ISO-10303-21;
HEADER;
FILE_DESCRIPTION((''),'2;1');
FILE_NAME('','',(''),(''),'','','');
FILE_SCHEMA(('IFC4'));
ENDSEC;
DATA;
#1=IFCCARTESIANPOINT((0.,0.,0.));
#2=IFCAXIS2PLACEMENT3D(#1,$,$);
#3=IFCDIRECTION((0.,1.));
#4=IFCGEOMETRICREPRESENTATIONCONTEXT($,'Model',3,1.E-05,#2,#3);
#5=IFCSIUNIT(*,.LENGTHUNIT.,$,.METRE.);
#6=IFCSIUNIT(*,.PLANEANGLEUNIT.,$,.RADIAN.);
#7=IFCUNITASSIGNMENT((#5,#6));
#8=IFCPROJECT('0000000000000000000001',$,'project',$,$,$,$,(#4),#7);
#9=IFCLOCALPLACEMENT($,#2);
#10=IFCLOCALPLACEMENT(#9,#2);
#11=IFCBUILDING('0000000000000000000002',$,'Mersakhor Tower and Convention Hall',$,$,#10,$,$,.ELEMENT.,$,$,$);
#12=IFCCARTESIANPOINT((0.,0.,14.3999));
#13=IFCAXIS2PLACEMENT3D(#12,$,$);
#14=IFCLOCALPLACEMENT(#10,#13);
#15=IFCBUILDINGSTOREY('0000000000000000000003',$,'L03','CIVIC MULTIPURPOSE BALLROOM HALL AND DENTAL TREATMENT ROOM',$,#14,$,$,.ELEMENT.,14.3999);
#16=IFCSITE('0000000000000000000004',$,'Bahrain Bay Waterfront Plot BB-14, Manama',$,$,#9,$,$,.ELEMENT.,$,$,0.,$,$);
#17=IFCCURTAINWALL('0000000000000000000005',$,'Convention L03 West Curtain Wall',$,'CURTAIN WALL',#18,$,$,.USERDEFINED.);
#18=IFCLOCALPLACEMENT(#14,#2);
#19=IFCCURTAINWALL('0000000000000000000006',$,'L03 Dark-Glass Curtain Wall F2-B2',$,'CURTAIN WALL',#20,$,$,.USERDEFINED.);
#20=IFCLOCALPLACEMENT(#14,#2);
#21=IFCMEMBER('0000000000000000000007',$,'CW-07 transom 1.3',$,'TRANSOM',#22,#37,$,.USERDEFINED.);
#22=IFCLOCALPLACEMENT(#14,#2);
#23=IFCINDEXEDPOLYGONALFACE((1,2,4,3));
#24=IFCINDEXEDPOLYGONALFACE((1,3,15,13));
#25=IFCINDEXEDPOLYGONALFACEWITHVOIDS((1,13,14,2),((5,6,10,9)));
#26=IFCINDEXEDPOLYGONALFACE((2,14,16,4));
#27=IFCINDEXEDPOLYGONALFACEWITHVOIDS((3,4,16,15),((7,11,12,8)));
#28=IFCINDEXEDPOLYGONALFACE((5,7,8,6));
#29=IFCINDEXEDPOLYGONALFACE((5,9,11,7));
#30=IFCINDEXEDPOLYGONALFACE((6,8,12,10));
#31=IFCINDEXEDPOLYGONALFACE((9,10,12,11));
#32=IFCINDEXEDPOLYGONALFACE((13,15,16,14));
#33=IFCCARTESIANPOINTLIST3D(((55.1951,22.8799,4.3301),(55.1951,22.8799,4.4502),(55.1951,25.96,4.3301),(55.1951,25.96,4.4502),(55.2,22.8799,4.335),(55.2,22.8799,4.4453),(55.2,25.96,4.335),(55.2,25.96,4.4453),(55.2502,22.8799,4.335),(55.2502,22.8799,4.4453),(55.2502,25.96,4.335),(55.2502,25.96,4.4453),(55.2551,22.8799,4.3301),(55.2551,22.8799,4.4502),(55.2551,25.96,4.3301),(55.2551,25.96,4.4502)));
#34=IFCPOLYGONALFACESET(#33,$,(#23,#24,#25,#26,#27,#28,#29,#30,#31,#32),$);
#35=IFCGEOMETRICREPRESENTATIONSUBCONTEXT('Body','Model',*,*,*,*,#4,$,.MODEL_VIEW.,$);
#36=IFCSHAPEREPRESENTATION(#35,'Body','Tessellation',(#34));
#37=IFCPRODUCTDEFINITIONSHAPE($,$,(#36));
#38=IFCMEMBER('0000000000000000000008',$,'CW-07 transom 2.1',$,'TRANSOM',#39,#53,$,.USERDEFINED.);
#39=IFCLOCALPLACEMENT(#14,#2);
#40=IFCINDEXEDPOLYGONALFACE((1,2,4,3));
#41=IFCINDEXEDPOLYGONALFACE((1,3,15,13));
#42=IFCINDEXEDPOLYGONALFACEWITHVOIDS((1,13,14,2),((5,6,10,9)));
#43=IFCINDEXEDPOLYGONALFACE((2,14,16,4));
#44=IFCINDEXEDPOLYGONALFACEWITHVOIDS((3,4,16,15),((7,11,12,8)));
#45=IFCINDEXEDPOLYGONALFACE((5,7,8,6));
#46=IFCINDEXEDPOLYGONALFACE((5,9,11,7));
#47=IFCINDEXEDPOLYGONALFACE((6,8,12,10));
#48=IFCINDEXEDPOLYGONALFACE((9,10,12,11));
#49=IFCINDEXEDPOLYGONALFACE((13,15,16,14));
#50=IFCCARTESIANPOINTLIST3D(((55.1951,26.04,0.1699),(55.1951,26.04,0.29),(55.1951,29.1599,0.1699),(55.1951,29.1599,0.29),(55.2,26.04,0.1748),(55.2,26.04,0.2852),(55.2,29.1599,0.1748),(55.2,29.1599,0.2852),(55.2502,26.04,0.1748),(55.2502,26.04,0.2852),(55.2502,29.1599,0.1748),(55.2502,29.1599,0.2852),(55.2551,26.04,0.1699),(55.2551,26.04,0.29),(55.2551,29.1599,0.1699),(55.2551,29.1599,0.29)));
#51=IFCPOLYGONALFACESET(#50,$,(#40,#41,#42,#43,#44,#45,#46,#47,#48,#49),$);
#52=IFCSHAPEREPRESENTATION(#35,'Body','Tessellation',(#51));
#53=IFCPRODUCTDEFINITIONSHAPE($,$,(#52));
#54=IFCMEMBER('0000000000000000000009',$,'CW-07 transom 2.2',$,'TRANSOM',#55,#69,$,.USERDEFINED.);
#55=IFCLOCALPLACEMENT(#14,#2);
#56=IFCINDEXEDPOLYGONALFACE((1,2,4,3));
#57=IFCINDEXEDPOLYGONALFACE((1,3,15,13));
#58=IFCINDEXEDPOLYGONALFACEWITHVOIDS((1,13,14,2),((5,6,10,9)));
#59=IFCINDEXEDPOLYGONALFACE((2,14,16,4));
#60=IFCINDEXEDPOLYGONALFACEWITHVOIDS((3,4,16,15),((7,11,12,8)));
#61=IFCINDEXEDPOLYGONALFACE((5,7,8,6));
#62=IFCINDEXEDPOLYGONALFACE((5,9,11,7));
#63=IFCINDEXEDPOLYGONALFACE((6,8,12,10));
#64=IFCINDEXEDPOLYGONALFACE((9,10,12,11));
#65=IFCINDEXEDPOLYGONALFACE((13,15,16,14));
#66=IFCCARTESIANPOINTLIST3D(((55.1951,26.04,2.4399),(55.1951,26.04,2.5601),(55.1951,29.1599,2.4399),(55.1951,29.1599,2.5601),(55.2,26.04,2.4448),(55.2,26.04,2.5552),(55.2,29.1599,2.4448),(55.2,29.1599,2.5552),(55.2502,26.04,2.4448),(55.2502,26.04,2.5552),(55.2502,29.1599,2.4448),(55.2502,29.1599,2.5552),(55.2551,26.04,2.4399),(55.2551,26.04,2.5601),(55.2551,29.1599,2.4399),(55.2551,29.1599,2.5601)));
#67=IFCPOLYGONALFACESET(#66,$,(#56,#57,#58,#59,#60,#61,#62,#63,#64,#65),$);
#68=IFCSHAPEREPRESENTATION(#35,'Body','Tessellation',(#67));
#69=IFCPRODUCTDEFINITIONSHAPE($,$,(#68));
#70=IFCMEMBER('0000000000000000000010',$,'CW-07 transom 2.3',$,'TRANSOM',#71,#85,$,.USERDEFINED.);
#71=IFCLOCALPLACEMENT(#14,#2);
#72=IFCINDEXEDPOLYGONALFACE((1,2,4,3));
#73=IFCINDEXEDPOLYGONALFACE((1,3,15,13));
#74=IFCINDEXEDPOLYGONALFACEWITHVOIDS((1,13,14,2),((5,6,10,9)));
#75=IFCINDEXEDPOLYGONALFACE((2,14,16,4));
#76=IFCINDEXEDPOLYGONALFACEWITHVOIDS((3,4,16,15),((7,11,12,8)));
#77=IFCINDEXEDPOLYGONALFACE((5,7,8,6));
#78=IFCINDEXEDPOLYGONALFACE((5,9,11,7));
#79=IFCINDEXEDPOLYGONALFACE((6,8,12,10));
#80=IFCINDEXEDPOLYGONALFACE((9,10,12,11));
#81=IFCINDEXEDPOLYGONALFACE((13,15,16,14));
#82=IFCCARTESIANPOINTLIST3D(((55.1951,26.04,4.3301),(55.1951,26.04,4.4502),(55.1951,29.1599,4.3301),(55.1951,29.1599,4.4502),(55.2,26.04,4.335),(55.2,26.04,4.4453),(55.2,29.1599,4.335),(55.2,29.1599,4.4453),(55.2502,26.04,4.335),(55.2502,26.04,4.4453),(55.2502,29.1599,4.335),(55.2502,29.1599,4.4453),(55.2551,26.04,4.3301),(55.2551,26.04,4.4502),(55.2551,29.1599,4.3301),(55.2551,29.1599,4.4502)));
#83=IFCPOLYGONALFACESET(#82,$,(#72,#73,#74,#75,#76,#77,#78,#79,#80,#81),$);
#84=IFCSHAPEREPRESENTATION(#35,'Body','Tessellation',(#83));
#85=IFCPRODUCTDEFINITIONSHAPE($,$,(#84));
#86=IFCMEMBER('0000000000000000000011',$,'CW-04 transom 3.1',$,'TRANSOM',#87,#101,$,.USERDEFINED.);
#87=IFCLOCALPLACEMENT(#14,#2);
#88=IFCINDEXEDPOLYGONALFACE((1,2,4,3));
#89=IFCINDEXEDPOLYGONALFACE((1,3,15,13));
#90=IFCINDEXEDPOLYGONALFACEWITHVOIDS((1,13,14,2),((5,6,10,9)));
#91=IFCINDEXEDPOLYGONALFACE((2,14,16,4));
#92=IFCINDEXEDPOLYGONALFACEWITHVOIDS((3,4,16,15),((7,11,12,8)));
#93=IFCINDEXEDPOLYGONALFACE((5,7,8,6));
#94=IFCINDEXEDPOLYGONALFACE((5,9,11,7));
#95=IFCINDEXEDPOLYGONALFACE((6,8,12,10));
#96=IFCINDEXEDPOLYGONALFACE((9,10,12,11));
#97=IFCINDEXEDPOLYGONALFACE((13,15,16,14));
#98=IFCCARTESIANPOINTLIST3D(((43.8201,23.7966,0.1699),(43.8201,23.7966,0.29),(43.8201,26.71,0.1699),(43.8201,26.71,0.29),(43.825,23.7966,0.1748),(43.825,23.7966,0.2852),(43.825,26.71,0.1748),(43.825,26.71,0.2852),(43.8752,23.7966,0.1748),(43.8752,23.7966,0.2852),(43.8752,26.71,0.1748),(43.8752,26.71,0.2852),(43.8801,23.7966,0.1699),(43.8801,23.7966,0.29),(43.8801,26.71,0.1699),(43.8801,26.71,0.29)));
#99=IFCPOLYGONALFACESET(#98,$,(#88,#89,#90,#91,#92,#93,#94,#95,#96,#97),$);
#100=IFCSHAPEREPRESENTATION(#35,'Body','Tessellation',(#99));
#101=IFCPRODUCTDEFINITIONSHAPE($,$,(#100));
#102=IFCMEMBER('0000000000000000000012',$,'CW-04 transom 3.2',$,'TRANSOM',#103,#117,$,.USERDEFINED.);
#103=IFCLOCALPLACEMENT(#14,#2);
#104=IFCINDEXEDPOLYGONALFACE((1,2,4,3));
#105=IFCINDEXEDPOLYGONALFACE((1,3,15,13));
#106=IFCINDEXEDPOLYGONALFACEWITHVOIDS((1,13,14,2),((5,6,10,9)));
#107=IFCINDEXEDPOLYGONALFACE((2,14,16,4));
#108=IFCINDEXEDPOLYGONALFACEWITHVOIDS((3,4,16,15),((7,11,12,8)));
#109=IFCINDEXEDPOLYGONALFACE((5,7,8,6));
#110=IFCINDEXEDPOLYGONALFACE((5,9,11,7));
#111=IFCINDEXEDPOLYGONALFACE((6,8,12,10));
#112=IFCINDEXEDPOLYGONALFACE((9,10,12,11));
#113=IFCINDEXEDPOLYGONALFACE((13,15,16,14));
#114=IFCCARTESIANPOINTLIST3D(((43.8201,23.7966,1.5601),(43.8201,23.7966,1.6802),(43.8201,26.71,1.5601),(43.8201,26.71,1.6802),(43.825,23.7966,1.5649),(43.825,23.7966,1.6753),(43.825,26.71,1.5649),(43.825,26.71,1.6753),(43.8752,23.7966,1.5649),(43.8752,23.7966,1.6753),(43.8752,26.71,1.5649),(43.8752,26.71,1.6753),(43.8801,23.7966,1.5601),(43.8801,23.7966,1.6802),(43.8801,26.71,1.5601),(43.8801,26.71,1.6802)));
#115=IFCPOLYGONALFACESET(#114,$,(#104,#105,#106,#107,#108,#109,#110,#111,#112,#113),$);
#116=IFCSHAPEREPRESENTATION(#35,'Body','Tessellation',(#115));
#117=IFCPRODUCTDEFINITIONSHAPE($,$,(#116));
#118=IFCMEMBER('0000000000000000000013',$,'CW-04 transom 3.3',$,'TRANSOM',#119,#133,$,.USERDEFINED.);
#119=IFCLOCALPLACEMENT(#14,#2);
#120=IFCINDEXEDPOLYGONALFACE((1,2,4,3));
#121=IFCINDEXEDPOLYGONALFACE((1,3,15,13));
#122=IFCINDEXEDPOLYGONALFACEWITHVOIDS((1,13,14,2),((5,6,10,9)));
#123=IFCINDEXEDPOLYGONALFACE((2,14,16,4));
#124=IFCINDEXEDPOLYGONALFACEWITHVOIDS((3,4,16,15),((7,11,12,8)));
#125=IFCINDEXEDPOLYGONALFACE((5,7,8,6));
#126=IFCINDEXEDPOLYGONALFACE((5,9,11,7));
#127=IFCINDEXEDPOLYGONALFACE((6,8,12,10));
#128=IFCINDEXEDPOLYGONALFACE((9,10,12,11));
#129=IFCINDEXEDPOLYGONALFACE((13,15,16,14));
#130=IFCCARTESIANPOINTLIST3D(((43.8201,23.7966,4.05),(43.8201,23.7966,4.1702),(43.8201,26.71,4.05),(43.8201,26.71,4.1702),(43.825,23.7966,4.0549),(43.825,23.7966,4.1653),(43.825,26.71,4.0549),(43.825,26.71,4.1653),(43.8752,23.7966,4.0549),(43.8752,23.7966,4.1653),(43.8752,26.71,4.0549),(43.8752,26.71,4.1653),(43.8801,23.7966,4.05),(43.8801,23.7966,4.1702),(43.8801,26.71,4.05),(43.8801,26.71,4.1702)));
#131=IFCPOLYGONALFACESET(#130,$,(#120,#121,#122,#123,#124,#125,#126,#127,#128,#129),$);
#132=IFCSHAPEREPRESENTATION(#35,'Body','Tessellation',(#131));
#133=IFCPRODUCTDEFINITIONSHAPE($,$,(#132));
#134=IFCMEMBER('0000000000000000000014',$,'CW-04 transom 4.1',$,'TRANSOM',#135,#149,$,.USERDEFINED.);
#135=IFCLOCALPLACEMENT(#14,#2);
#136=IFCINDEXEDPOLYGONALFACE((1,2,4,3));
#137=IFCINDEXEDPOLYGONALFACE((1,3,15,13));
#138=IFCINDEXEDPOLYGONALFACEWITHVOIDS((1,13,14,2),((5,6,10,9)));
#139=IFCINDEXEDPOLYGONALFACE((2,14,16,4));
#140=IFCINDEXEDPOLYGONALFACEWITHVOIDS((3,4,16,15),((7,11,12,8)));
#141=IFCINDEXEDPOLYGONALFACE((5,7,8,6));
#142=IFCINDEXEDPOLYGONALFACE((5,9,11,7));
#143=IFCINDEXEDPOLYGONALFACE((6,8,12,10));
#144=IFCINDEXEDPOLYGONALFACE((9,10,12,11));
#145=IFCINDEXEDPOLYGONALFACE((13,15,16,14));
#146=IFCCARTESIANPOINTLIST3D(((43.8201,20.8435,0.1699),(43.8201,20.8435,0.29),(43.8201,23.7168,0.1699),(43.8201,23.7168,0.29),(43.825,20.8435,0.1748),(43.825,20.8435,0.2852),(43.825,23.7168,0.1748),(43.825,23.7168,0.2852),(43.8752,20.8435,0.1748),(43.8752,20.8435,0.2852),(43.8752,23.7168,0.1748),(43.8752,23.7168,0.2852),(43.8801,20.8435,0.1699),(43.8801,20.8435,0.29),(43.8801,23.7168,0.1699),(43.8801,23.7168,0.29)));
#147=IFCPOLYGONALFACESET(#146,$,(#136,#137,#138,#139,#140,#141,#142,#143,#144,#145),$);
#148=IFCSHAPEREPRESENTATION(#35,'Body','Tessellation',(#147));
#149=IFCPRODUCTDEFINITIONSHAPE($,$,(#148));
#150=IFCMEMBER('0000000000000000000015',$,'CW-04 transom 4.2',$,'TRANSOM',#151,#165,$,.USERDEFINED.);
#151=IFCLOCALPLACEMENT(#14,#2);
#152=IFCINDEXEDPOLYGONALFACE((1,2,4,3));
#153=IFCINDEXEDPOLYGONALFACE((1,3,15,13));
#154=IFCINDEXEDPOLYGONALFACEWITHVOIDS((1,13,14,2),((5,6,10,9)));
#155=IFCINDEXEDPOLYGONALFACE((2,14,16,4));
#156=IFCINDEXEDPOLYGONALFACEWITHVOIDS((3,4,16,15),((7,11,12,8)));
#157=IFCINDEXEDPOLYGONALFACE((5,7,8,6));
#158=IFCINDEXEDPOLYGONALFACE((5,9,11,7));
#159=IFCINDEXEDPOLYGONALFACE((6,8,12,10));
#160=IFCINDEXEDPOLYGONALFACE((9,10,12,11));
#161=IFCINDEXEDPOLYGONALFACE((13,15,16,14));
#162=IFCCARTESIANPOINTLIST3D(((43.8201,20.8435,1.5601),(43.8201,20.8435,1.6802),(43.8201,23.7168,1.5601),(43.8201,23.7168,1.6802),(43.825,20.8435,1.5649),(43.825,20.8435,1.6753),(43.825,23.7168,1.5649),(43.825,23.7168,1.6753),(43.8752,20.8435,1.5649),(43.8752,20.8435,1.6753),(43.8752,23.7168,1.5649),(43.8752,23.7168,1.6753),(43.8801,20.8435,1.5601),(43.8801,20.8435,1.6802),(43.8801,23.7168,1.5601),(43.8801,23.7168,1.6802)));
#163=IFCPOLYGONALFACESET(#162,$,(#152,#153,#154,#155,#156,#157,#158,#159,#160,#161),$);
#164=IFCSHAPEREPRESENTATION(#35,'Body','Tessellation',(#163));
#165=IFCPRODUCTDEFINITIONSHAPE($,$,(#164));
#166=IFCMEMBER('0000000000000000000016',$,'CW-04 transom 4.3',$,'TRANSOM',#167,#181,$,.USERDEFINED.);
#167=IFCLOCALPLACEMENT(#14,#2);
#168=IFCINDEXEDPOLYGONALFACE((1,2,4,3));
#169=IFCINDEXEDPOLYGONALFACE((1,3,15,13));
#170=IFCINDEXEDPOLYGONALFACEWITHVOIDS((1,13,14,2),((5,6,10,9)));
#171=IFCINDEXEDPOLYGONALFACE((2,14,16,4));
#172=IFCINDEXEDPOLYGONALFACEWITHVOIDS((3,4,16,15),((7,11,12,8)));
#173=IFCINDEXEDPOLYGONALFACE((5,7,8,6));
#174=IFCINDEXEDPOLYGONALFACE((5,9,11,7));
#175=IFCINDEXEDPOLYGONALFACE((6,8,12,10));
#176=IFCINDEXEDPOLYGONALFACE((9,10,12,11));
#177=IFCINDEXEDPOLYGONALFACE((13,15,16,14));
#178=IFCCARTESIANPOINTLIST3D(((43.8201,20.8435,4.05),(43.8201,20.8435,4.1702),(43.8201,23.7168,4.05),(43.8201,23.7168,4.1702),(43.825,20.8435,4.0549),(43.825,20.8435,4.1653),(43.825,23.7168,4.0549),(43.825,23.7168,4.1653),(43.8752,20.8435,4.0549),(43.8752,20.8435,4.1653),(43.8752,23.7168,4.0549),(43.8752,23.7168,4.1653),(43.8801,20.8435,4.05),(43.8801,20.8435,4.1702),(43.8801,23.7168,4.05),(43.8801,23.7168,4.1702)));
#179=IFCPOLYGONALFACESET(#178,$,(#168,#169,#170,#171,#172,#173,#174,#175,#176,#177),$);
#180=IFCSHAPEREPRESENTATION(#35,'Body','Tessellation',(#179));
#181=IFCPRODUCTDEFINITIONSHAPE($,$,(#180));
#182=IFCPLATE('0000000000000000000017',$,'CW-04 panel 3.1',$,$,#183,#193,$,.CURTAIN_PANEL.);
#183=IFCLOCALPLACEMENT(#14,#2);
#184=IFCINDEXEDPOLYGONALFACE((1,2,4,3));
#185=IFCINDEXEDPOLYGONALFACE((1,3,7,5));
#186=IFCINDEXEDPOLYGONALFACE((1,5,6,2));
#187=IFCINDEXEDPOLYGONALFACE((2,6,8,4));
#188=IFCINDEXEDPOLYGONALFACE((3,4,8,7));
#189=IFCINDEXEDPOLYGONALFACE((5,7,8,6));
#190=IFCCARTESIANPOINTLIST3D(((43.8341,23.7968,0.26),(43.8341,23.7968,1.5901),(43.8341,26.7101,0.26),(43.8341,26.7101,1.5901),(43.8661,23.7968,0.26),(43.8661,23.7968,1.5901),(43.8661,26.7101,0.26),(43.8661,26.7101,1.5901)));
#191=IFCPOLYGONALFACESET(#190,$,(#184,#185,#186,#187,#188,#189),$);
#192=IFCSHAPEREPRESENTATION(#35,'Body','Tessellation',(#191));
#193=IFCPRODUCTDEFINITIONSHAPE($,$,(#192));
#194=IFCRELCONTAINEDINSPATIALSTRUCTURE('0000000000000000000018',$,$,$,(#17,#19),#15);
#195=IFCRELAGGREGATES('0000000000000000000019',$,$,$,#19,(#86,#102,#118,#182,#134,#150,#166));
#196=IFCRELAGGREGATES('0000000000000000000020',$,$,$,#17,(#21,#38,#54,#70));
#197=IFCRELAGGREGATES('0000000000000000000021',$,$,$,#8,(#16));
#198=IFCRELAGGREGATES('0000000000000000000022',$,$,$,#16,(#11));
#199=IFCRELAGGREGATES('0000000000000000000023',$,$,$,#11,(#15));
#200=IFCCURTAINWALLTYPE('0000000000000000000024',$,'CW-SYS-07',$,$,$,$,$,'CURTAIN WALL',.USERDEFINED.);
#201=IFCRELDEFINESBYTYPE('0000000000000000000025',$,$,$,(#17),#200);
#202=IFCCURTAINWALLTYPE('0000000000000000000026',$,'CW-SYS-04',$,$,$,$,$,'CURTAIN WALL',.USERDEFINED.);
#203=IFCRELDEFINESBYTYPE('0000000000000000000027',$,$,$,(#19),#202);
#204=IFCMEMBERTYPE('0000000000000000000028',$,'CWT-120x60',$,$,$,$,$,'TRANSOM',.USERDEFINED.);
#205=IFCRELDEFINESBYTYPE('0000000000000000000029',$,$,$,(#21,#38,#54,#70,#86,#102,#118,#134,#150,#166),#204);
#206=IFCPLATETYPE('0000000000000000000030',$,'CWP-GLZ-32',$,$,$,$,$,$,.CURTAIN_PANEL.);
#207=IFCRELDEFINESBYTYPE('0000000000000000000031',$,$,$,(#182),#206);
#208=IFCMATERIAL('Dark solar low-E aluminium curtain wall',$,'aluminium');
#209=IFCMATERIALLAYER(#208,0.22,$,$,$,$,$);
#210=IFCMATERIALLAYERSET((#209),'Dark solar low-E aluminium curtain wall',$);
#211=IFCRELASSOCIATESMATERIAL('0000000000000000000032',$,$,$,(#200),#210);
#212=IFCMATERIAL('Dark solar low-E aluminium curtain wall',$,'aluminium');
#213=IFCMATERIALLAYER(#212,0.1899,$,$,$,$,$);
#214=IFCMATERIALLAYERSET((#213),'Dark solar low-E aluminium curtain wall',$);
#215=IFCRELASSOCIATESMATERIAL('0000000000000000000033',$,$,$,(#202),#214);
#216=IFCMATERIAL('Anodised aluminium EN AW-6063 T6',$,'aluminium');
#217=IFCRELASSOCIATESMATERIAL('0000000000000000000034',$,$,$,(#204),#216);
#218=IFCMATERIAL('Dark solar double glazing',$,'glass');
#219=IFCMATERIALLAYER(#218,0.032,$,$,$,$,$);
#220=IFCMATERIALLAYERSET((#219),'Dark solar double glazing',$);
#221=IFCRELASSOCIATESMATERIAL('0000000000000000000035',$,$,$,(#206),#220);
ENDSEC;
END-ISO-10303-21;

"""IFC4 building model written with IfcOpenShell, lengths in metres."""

from ifc_helpers import new_model, si_unit, direction, frame, origin, origin_2d, place, context, subcontext, project, spatial, rectangle, hollow_rectangle, extrude, material, layer, layer_set, material_profile, profile_set, type_object, element, aggregate, save


model = new_model("IFC4")

# Units and contexts
model_context = context("Model", 3, precision=1e-05, world=origin(), true_north=direction((0.0, 1.0)))
body_context = subcontext(model_context, "Body", "Model", "MODEL_VIEW")
ifc_project = project(units=[si_unit("LENGTHUNIT", "METRE"), si_unit("PLANEANGLEUNIT", "RADIAN")], contexts=[model_context])

# Site, building, storey
site_placement = place(None, origin())
site = spatial("IfcSite", under=ifc_project, at=site_placement, Name="Bahrain Bay Waterfront Plot BB-14, Manama", CompositionType="ELEMENT", RefElevation=0.0)
building_placement = place(site_placement, origin())
building = spatial("IfcBuilding", under=site, at=building_placement, Name="Mersakhor Tower and Convention Hall", CompositionType="ELEMENT")
storey_placement = place(building_placement, frame((0.0, 0.0, 14.3999)))
storey = spatial("IfcBuildingStorey", under=building, at=storey_placement, Name="L03", Description="CIVIC MULTIPURPOSE BALLROOM HALL AND DENTAL TREATMENT ROOM", CompositionType="ELEMENT", Elevation=14.3999)

# Curtain walls
ifc_material_1 = material(Name="Dark solar low-E aluminium curtain wall", Category="aluminium")
ifc_layer_1 = layer(ifc_material_1, 0.22)
ifc_layer_set_1 = layer_set([ifc_layer_1], Name="Dark solar low-E aluminium curtain wall")
curtain_wall_type_1 = type_object("IfcCurtainWallType", Name="CW-SYS-07", ElementType="CURTAIN WALL", PredefinedType="USERDEFINED", material=ifc_layer_set_1)
curtain_wall_1_placement = place(storey_placement, origin())
curtain_wall_1 = element("IfcCurtainWall", 1, at=curtain_wall_1_placement, inside=storey, type_object=curtain_wall_type_1, Name="Convention L03 West Curtain Wall", ObjectType="CURTAIN WALL", PredefinedType="USERDEFINED")
ifc_material_2 = material(Name="Dark solar low-E aluminium curtain wall", Category="aluminium")
ifc_layer_2 = layer(ifc_material_2, 0.1899)
ifc_layer_set_2 = layer_set([ifc_layer_2], Name="Dark solar low-E aluminium curtain wall")
curtain_wall_type_2 = type_object("IfcCurtainWallType", Name="CW-SYS-04", ElementType="CURTAIN WALL", PredefinedType="USERDEFINED", material=ifc_layer_set_2)
curtain_wall_2_placement = place(storey_placement, origin())
curtain_wall_2 = element("IfcCurtainWall", 2, at=curtain_wall_2_placement, inside=storey, type_object=curtain_wall_type_2, Name="L03 Dark-Glass Curtain Wall F2-B2", ObjectType="CURTAIN WALL", PredefinedType="USERDEFINED")

# Members
ifc_material_3 = material(Name="Anodised aluminium EN AW-6063 T6", Category="aluminium")
ifc_material_profile_1 = material_profile(ifc_material_3, hollow_rectangle(XDim=0.0601, YDim=0.1201, WallThickness=0.0049, at=origin_2d()), Name="RHS 120x60x5")
ifc_profile_set_1 = profile_set([ifc_material_profile_1], Name="Anodised aluminium EN AW-6063 T6")
member_type_1 = type_object("IfcMemberType", Name="CWT-120x60", ElementType="TRANSOM", PredefinedType="USERDEFINED", material=ifc_profile_set_1)
member_1_placement = place(storey_placement, frame((55.2251, 22.8799, 4.3901), z_axis=(0.0, 1.0, 0.0), x_axis=(-1.0, 0.0, 0.0)))
member_1 = element("IfcMember", 3, at=member_1_placement, type_object=member_type_1, Name="CW-07 transom 1.3", ObjectType="TRANSOM", PredefinedType="USERDEFINED", context=body_context, shape_type="SweptSolid", body=[
    extrude(hollow_rectangle(XDim=0.0601, YDim=0.1201, WallThickness=0.0049, at=origin_2d()), origin(), (0.0, 0.0, 1.0), 3.0801),
])
member_2_placement = place(storey_placement, frame((55.2251, 26.04, 0.23), z_axis=(0.0, 1.0, 0.0), x_axis=(-1.0, 0.0, 0.0)))
member_2 = element("IfcMember", 4, at=member_2_placement, type_object=member_type_1, Name="CW-07 transom 2.1", ObjectType="TRANSOM", PredefinedType="USERDEFINED", context=body_context, shape_type="SweptSolid", body=[
    extrude(hollow_rectangle(XDim=0.0601, YDim=0.1201, WallThickness=0.0049, at=origin_2d()), origin(), (0.0, 0.0, 1.0), 3.1199),
])
member_3_placement = place(storey_placement, frame((55.2251, 26.04, 2.5), z_axis=(0.0, 1.0, 0.0), x_axis=(-1.0, 0.0, 0.0)))
member_3 = element("IfcMember", 5, at=member_3_placement, type_object=member_type_1, Name="CW-07 transom 2.2", ObjectType="TRANSOM", PredefinedType="USERDEFINED", context=body_context, shape_type="SweptSolid", body=[
    extrude(hollow_rectangle(XDim=0.0601, YDim=0.1201, WallThickness=0.0049, at=origin_2d()), origin(), (0.0, 0.0, 1.0), 3.1199),
])
member_4_placement = place(storey_placement, frame((55.2251, 26.04, 4.3901), z_axis=(0.0, 1.0, 0.0), x_axis=(-1.0, 0.0, 0.0)))
member_4 = element("IfcMember", 6, at=member_4_placement, type_object=member_type_1, Name="CW-07 transom 2.3", ObjectType="TRANSOM", PredefinedType="USERDEFINED", context=body_context, shape_type="SweptSolid", body=[
    extrude(hollow_rectangle(XDim=0.0601, YDim=0.1201, WallThickness=0.0049, at=origin_2d()), origin(), (0.0, 0.0, 1.0), 3.1199),
])
member_5_placement = place(storey_placement, frame((43.8501, 26.71, 0.23), z_axis=(0.0, -1.0, 0.0), x_axis=(1.0, 0.0, 0.0)))
member_5 = element("IfcMember", 7, at=member_5_placement, type_object=member_type_1, Name="CW-04 transom 3.1", ObjectType="TRANSOM", PredefinedType="USERDEFINED", context=body_context, shape_type="SweptSolid", body=[
    extrude(hollow_rectangle(XDim=0.0601, YDim=0.1201, WallThickness=0.0049, at=origin_2d()), origin(), (0.0, 0.0, 1.0), 2.9133),
])
member_6_placement = place(storey_placement, frame((43.8501, 26.71, 1.6201), z_axis=(0.0, -1.0, 0.0), x_axis=(1.0, 0.0, 0.0)))
member_6 = element("IfcMember", 8, at=member_6_placement, type_object=member_type_1, Name="CW-04 transom 3.2", ObjectType="TRANSOM", PredefinedType="USERDEFINED", context=body_context, shape_type="SweptSolid", body=[
    extrude(hollow_rectangle(XDim=0.0601, YDim=0.1201, WallThickness=0.0049, at=origin_2d()), origin(), (0.0, 0.0, 1.0), 2.9133),
])
member_7_placement = place(storey_placement, frame((43.8501, 26.71, 4.1101), z_axis=(0.0, -1.0, 0.0), x_axis=(1.0, 0.0, 0.0)))
member_7 = element("IfcMember", 9, at=member_7_placement, type_object=member_type_1, Name="CW-04 transom 3.3", ObjectType="TRANSOM", PredefinedType="USERDEFINED", context=body_context, shape_type="SweptSolid", body=[
    extrude(hollow_rectangle(XDim=0.0601, YDim=0.1201, WallThickness=0.0049, at=origin_2d()), origin(), (0.0, 0.0, 1.0), 2.9133),
])
member_8_placement = place(storey_placement, frame((43.8501, 23.7168, 0.23), z_axis=(0.0, -1.0, 0.0), x_axis=(1.0, 0.0, 0.0)))
member_8 = element("IfcMember", 10, at=member_8_placement, type_object=member_type_1, Name="CW-04 transom 4.1", ObjectType="TRANSOM", PredefinedType="USERDEFINED", context=body_context, shape_type="SweptSolid", body=[
    extrude(hollow_rectangle(XDim=0.0601, YDim=0.1201, WallThickness=0.0049, at=origin_2d()), origin(), (0.0, 0.0, 1.0), 2.8733),
])
member_9_placement = place(storey_placement, frame((43.8501, 23.7168, 1.6201), z_axis=(0.0, -1.0, 0.0), x_axis=(1.0, 0.0, 0.0)))
member_9 = element("IfcMember", 11, at=member_9_placement, type_object=member_type_1, Name="CW-04 transom 4.2", ObjectType="TRANSOM", PredefinedType="USERDEFINED", context=body_context, shape_type="SweptSolid", body=[
    extrude(hollow_rectangle(XDim=0.0601, YDim=0.1201, WallThickness=0.0049, at=origin_2d()), origin(), (0.0, 0.0, 1.0), 2.8733),
])
member_10_placement = place(storey_placement, frame((43.8501, 23.7168, 4.1101), z_axis=(0.0, -1.0, 0.0), x_axis=(1.0, 0.0, 0.0)))
member_10 = element("IfcMember", 12, at=member_10_placement, type_object=member_type_1, Name="CW-04 transom 4.3", ObjectType="TRANSOM", PredefinedType="USERDEFINED", context=body_context, shape_type="SweptSolid", body=[
    extrude(hollow_rectangle(XDim=0.0601, YDim=0.1201, WallThickness=0.0049, at=origin_2d()), origin(), (0.0, 0.0, 1.0), 2.8733),
])

# Plate
ifc_material_4 = material(Name="Dark solar double glazing", Category="glass")
ifc_layer_3 = layer(ifc_material_4, 0.032)
ifc_layer_set_3 = layer_set([ifc_layer_3], Name="Dark solar double glazing")
plate_type_1 = type_object("IfcPlateType", Name="CWP-GLZ-32", PredefinedType="CURTAIN_PANEL", material=ifc_layer_set_3)
plate_1_placement = place(storey_placement, frame((43.8501, 25.2534, 0.26), z_axis=(0.0, 0.0, 1.0), x_axis=(0.0, -1.0, 0.0)))
plate_1 = element("IfcPlate", 13, at=plate_1_placement, type_object=plate_type_1, Name="CW-04 panel 3.1", PredefinedType="CURTAIN_PANEL", context=body_context, shape_type="SweptSolid", body=[
    extrude(rectangle(XDim=2.9133, YDim=0.032, at=origin_2d()), origin(), (0.0, 0.0, 1.0), 1.3301),
])
aggregate(curtain_wall_2, [member_5, member_6, member_7, plate_1, member_8, member_9, member_10])
aggregate(curtain_wall_1, [member_1, member_2, member_3, member_4])

save(model, "model.ifc")
